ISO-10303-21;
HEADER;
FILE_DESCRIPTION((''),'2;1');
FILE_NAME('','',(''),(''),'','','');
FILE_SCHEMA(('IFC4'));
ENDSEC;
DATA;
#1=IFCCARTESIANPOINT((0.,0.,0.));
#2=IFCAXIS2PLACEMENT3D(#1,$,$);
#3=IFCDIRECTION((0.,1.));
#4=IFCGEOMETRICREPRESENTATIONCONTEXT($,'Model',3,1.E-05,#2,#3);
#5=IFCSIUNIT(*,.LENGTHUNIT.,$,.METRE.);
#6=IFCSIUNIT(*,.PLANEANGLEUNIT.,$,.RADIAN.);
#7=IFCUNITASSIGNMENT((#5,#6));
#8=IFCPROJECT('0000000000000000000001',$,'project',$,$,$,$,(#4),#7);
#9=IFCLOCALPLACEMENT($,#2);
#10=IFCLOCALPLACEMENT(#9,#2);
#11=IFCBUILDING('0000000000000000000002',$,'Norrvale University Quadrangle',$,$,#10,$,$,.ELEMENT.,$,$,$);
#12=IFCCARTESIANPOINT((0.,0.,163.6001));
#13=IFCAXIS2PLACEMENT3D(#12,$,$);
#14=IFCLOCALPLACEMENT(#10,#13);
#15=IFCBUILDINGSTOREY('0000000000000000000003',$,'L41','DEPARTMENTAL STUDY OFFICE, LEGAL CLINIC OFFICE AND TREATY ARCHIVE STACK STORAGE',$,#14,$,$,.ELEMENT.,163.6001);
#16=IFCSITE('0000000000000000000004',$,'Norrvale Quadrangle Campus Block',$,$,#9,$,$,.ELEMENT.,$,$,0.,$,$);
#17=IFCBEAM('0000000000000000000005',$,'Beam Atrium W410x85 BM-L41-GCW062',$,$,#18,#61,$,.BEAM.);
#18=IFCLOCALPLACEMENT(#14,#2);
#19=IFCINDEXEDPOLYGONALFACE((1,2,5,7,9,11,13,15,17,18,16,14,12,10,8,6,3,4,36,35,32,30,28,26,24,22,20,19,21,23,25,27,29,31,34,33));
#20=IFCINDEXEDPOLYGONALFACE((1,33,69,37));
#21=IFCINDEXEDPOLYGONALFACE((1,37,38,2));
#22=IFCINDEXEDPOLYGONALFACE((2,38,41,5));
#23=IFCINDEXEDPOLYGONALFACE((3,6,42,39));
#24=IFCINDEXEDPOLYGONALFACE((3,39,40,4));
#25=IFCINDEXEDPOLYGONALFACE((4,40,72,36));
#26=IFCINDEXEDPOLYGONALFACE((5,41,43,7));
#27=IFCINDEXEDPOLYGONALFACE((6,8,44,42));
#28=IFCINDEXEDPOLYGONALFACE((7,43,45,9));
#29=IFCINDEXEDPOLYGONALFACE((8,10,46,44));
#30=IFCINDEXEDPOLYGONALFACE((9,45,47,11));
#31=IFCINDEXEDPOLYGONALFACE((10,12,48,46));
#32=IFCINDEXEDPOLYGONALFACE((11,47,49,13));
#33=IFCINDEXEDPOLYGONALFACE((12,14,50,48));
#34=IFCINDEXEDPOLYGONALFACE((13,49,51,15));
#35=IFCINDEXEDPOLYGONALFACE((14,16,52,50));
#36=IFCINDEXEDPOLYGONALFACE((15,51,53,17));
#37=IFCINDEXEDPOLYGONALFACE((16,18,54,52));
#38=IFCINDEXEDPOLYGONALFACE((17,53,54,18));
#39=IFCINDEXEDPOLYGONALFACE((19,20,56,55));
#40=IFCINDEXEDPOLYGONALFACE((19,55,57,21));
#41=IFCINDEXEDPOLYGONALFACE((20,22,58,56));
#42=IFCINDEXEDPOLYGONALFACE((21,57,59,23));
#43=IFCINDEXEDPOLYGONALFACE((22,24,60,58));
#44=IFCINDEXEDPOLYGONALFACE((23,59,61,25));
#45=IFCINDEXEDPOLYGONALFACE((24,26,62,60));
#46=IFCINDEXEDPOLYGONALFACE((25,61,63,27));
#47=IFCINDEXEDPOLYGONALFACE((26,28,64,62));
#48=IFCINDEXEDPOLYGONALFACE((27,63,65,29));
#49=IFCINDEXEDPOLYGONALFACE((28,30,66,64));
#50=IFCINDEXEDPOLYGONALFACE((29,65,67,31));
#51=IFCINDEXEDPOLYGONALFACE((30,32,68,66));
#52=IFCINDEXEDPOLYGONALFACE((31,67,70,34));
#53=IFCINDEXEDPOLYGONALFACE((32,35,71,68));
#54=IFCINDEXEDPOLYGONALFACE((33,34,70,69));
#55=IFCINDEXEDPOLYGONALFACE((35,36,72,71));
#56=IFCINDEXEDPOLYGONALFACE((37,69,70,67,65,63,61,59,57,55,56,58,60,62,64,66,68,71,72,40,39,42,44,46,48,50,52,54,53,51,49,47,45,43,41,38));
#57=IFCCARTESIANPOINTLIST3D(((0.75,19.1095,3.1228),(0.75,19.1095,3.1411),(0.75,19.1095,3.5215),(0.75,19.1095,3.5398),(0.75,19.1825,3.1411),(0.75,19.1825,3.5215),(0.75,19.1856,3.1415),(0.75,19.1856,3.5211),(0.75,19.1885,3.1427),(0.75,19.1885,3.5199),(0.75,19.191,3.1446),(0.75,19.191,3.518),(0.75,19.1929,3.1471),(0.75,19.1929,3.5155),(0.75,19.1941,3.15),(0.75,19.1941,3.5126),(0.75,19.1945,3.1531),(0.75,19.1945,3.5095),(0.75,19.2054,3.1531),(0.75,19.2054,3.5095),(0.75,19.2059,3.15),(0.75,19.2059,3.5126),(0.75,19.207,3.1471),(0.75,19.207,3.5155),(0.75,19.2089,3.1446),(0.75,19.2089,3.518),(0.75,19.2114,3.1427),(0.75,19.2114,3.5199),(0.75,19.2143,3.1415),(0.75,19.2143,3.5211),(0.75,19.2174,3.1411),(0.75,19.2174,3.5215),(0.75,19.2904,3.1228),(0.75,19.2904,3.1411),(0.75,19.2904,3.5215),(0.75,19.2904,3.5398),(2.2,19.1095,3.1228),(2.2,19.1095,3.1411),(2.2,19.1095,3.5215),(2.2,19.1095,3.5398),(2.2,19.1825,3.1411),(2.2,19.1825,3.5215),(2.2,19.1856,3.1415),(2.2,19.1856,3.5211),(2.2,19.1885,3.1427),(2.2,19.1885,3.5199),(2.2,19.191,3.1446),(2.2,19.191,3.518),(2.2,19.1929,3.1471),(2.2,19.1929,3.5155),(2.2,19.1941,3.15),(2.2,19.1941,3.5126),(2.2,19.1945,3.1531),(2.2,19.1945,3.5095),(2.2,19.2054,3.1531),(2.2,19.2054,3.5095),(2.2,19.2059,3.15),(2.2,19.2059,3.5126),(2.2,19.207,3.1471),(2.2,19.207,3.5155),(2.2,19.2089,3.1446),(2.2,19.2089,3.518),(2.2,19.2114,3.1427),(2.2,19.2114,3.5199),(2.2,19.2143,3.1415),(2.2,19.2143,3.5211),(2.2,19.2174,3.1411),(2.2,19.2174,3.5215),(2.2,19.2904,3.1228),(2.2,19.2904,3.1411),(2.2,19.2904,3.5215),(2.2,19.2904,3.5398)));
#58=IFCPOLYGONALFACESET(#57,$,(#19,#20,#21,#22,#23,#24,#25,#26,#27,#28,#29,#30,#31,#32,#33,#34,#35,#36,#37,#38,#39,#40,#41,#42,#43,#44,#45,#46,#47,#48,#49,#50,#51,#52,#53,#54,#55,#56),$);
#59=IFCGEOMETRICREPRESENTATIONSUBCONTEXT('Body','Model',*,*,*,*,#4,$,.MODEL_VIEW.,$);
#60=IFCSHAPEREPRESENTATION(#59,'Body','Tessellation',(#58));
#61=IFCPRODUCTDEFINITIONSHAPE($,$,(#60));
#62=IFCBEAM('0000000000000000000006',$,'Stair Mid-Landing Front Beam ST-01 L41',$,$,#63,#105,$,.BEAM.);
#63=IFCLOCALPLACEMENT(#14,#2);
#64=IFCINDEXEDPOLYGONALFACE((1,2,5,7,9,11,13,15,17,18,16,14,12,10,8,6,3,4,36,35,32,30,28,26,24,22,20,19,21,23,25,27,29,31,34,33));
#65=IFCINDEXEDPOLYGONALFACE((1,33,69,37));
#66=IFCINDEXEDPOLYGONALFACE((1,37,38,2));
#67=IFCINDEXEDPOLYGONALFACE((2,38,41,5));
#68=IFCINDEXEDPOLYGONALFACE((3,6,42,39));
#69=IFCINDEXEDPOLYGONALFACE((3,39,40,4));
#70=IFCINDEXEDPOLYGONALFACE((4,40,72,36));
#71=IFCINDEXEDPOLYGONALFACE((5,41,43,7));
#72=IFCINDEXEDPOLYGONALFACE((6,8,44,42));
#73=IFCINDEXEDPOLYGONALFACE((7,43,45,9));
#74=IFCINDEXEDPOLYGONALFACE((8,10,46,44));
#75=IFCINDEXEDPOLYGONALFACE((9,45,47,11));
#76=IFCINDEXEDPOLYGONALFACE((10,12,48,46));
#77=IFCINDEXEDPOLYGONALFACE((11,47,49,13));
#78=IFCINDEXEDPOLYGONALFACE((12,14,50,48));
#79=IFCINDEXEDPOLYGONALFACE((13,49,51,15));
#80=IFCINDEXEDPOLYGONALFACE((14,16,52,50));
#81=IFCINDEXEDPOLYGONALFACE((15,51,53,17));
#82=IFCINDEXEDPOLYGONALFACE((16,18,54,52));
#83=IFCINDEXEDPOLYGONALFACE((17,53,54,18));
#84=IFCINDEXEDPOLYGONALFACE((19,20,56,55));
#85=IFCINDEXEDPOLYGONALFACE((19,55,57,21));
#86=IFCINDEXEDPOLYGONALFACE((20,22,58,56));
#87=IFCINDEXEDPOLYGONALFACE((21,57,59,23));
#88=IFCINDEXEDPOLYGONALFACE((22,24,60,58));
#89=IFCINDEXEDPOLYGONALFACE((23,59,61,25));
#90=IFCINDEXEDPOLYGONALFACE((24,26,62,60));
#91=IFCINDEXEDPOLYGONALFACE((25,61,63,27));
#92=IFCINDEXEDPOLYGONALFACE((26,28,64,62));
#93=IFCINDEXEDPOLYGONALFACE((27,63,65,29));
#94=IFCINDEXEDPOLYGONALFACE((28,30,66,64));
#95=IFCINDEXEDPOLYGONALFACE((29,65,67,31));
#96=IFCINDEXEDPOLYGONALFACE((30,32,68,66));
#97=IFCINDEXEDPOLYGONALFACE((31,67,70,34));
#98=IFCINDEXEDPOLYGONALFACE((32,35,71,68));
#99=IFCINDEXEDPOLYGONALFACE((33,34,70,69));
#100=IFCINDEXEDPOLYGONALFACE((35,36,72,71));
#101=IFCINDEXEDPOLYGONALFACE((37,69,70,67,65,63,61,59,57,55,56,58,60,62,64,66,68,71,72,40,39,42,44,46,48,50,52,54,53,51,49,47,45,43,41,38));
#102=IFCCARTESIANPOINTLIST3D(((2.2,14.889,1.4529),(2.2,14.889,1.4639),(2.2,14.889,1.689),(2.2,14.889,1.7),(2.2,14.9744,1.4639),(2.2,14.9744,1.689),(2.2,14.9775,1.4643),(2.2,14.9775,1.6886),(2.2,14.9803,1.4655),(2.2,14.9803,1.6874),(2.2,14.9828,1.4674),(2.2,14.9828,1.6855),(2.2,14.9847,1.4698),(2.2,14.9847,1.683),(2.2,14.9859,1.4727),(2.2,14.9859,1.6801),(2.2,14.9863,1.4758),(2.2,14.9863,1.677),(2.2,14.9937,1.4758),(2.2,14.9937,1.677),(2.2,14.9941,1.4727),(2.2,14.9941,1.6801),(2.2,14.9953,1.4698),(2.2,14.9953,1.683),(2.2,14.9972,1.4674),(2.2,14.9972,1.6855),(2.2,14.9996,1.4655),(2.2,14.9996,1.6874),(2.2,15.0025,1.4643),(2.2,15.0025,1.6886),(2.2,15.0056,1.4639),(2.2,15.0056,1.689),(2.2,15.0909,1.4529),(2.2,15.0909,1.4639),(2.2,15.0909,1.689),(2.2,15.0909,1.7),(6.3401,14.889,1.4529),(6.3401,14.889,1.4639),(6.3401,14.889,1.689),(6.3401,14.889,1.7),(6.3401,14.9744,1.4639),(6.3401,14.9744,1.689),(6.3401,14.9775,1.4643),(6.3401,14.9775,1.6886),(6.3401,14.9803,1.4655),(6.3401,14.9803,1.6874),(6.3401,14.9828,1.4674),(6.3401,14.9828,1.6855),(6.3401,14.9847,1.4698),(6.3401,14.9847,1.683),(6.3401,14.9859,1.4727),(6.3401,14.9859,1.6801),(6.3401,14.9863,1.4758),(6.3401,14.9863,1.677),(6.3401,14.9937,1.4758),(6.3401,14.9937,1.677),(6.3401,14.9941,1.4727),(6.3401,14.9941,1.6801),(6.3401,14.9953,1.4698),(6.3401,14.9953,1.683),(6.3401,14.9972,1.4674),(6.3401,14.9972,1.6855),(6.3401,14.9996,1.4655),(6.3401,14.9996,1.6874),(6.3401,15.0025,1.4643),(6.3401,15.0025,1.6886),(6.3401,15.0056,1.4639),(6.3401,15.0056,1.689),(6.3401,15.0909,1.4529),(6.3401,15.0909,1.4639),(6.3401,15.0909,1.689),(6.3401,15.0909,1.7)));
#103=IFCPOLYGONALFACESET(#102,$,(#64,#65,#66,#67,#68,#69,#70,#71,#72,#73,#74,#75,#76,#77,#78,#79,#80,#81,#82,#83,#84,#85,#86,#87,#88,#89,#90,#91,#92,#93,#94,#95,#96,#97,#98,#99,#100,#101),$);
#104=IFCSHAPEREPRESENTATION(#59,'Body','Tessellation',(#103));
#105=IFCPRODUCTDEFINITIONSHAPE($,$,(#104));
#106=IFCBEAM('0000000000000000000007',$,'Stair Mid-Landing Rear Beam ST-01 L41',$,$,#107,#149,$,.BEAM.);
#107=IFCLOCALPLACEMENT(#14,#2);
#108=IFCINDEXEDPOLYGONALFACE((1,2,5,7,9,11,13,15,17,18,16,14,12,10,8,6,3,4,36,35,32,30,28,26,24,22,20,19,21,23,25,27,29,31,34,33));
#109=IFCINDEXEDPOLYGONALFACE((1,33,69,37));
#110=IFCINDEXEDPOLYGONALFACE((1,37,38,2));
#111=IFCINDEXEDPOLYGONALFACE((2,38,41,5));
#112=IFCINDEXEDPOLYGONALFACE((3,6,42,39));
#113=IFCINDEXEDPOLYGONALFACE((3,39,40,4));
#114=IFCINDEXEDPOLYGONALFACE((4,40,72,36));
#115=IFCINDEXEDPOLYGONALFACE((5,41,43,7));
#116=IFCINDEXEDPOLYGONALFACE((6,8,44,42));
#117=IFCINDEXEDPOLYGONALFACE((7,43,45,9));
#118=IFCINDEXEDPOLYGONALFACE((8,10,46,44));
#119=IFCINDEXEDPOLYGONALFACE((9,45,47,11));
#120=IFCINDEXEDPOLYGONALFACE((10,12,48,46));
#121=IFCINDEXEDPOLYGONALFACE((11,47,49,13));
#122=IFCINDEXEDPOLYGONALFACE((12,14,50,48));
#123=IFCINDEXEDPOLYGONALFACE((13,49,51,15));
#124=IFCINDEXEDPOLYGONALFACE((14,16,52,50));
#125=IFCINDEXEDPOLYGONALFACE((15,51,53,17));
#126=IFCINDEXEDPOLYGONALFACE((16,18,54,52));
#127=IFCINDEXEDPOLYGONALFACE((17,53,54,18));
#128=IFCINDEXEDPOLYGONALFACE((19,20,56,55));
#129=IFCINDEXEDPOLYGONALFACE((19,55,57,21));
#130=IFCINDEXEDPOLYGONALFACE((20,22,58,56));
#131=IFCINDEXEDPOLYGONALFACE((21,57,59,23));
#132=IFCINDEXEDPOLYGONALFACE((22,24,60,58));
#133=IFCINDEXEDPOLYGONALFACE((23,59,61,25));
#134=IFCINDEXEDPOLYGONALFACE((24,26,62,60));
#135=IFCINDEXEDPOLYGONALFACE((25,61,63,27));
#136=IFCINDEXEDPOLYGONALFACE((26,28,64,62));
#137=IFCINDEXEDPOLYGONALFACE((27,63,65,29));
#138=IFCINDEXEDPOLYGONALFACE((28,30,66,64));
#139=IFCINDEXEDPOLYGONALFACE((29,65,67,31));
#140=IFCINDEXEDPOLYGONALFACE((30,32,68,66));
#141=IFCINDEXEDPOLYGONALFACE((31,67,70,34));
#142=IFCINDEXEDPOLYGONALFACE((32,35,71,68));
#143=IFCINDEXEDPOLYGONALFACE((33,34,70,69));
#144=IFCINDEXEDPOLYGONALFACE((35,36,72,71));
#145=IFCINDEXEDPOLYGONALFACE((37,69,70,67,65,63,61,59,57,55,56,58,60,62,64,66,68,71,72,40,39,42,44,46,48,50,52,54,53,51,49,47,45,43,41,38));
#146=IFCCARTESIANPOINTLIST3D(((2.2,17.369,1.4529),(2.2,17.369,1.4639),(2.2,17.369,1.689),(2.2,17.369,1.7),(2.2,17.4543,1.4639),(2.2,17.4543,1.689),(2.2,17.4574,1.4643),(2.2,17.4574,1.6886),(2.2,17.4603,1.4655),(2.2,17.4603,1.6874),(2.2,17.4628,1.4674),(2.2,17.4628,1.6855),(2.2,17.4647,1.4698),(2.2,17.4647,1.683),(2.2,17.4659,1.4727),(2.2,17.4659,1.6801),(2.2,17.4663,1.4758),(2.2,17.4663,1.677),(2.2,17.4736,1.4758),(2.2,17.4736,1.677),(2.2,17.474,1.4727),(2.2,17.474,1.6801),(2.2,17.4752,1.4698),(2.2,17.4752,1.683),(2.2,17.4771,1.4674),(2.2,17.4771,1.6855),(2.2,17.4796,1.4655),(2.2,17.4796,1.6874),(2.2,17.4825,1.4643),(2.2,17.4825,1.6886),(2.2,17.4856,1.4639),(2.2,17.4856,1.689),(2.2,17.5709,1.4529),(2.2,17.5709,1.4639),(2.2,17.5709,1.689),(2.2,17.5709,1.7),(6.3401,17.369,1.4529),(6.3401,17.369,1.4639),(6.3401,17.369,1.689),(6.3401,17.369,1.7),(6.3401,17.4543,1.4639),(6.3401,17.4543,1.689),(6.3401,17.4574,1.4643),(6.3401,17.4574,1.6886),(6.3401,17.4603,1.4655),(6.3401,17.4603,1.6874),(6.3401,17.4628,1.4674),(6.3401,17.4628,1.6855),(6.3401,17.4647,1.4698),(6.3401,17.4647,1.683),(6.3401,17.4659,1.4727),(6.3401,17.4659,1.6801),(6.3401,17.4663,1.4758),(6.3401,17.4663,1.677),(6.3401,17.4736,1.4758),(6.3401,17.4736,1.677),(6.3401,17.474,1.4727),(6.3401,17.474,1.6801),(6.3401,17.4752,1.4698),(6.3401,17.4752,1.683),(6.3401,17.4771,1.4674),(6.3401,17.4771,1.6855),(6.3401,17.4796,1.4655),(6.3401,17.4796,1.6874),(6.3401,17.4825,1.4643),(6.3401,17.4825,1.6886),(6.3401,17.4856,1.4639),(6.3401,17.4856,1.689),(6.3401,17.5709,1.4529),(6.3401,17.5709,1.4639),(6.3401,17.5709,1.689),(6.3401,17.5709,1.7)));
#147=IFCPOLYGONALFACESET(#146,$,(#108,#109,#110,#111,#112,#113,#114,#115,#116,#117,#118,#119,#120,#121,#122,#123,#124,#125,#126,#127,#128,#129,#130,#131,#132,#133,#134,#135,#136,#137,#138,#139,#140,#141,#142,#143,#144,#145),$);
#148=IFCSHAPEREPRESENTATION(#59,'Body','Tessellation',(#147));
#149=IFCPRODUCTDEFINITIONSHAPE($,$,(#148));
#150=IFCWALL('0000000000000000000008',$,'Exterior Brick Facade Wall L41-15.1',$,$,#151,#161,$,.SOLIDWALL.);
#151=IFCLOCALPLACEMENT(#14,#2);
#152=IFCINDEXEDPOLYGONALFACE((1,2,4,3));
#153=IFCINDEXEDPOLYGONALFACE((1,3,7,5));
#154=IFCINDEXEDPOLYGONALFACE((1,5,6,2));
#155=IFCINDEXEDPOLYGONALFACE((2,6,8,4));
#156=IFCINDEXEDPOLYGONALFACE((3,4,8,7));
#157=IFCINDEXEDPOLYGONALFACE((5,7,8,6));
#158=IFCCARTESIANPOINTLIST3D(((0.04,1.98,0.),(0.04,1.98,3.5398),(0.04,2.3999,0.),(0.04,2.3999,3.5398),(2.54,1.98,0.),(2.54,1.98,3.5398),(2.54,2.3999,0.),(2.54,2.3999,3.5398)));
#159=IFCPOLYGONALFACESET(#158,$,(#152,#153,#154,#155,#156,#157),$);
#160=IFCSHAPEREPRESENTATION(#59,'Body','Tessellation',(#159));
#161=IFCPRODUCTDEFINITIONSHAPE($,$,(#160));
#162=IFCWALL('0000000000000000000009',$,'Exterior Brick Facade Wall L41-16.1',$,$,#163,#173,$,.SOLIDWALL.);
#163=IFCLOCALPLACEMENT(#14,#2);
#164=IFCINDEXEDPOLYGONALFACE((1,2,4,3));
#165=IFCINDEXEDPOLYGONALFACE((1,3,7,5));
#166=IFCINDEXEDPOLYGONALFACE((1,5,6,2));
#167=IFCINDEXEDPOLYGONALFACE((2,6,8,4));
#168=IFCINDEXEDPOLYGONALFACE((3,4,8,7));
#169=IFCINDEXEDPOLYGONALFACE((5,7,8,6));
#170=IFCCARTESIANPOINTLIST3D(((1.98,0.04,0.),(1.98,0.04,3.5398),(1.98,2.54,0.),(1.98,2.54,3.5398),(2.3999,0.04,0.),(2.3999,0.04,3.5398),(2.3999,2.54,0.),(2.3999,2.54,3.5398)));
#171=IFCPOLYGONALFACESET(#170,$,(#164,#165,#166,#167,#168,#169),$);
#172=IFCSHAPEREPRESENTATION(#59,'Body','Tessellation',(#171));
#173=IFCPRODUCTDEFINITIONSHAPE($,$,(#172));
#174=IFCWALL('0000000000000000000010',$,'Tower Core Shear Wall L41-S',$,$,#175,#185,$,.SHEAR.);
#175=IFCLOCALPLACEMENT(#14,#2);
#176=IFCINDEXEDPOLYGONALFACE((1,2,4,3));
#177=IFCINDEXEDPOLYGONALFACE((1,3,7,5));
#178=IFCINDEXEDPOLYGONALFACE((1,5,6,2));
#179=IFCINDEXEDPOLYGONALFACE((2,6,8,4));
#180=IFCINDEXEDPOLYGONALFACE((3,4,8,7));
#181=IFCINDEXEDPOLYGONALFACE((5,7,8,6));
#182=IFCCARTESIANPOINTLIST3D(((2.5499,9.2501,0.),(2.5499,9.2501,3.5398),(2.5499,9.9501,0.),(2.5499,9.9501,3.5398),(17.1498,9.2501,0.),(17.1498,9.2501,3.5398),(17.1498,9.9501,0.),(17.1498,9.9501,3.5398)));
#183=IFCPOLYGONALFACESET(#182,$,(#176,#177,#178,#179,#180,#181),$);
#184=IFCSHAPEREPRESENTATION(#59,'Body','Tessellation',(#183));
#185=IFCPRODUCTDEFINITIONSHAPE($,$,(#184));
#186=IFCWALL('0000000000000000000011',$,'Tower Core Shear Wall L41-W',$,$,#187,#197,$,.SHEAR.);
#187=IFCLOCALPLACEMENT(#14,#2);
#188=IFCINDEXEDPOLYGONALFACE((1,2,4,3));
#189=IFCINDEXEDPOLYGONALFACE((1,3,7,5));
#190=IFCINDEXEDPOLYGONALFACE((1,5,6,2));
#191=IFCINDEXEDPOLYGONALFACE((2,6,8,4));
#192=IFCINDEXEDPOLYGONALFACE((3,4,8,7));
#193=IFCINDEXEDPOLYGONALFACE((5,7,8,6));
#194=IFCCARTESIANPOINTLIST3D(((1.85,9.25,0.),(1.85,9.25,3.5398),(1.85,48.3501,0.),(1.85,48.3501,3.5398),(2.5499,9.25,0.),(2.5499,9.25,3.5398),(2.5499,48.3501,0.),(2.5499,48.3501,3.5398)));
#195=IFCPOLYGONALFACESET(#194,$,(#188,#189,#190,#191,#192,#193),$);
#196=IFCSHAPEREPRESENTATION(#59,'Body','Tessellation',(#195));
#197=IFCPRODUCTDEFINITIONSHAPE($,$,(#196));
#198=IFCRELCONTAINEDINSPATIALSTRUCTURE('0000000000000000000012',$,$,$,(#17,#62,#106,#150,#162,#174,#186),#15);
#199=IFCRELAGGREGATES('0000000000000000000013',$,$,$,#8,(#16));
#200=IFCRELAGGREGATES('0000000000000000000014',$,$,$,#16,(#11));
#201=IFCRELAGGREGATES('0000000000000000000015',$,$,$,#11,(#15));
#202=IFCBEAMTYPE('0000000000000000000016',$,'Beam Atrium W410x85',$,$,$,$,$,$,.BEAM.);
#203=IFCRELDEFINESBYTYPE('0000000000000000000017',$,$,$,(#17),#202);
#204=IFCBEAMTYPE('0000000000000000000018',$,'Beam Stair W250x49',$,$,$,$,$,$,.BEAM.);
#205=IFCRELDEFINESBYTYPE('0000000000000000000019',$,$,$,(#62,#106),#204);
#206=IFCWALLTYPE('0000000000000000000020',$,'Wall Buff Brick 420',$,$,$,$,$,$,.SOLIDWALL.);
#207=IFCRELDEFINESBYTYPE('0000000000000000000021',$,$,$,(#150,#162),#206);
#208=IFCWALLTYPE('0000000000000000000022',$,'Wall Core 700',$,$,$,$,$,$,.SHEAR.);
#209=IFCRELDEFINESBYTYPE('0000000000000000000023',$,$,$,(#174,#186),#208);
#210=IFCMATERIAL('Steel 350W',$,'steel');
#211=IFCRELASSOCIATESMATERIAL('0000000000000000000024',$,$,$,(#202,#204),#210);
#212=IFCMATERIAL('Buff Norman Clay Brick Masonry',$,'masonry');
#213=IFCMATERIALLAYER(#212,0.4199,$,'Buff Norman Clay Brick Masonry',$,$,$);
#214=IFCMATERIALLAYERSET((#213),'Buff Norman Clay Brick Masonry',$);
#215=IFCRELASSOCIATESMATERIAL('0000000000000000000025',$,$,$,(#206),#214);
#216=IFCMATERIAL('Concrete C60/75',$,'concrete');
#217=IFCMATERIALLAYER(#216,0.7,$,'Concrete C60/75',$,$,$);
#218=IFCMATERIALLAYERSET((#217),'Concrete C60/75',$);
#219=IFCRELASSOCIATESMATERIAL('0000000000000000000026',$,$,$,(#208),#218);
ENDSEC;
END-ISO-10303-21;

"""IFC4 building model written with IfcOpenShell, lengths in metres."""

from ifc_helpers import new_model, si_unit, direction, frame, frame_2d, origin, origin_2d, place, context, subcontext, project, spatial, rectangle, i_section, extrude, material, layer, layer_set, material_profile, profile_set, type_object, element, save


model = new_model("IFC4")

# Units and contexts
model_context = context("Model", 3, precision=1e-05, world=origin(), true_north=direction((0.0, 1.0)))
body_context = subcontext(model_context, "Body", "Model", "MODEL_VIEW")
ifc_project = project(units=[si_unit("LENGTHUNIT", "METRE"), si_unit("PLANEANGLEUNIT", "RADIAN")], contexts=[model_context])

# Site, building, storey
site_placement = place(None, origin())
site = spatial("IfcSite", under=ifc_project, at=site_placement, Name="Norrvale Quadrangle Campus Block", CompositionType="ELEMENT", RefElevation=0.0)
building_placement = place(site_placement, origin())
building = spatial("IfcBuilding", under=site, at=building_placement, Name="Norrvale University Quadrangle", CompositionType="ELEMENT")
storey_placement = place(building_placement, frame((0.0, 0.0, 163.6001)))
storey = spatial("IfcBuildingStorey", under=building, at=storey_placement, Name="L41", Description="DEPARTMENTAL STUDY OFFICE, LEGAL CLINIC OFFICE AND TREATY ARCHIVE STACK STORAGE", CompositionType="ELEMENT", Elevation=163.6001)

# Shared definitions
ifc_material_1 = material(Name="Concrete C60/75", Category="concrete")

# Beams
ifc_material_2 = material(Name="Steel 350W", Category="steel")
ifc_material_profile_1 = material_profile(ifc_material_2, i_section(OverallWidth=0.1809, OverallDepth=0.417, WebThickness=0.011, FlangeThickness=0.0183, FilletRadius=0.012, at=origin_2d()), Name="Steel 350W")
ifc_profile_set_1 = profile_set([ifc_material_profile_1], Name="Steel 350W")
beam_type_1 = type_object("IfcBeamType", Name="Beam Atrium W410x85", PredefinedType="BEAM", material=ifc_profile_set_1)
for number, where, z_axis, x_axis, name in (
    (1, (0.75, 19.2, 3.3313), (1.0, 0.0, 0.0), (0.0, 1.0, 0.0), "Beam Atrium W410x85 BM-L41-GCW062"),
):
    element("IfcBeam", number, at=place(storey_placement, frame(where, z_axis=z_axis, x_axis=x_axis)), inside=storey, type_object=beam_type_1, Name=name, PredefinedType="BEAM", context=body_context, shape_type="SweptSolid", body=[
        extrude(i_section(OverallWidth=0.1809, OverallDepth=0.417, WebThickness=0.011, FlangeThickness=0.0183, FilletRadius=0.012, at=origin_2d()), origin(), (0.0, 0.0, 1.0), 1.45),
    ])
ifc_material_profile_2 = material_profile(ifc_material_2, i_section(OverallWidth=0.2019, OverallDepth=0.2471, WebThickness=0.0073, FlangeThickness=0.011, FilletRadius=0.012, at=origin_2d()), Name="Steel 350W")
ifc_profile_set_2 = profile_set([ifc_material_profile_2], Name="Steel 350W")
beam_type_2 = type_object("IfcBeamType", Name="Beam Stair W250x49", PredefinedType="BEAM", material=ifc_profile_set_2)
for number, where, z_axis, x_axis, name in (
    (2, (2.2, 14.99, 1.5764), (1.0, 0.0, 0.0), (0.0, 1.0, 0.0), "Stair Mid-Landing Front Beam ST-01 L41"),
    (3, (2.2, 17.47, 1.5764), (1.0, 0.0, 0.0), (0.0, 1.0, 0.0), "Stair Mid-Landing Rear Beam ST-01 L41"),
):
    element("IfcBeam", number, at=place(storey_placement, frame(where, z_axis=z_axis, x_axis=x_axis)), inside=storey, type_object=beam_type_2, Name=name, PredefinedType="BEAM", context=body_context, shape_type="SweptSolid", body=[
        extrude(i_section(OverallWidth=0.2019, OverallDepth=0.2471, WebThickness=0.0073, FlangeThickness=0.011, FilletRadius=0.012, at=origin_2d()), origin(), (0.0, 0.0, 1.0), 4.1401),
    ])

# Walls
ifc_material_3 = material(Name="Buff Norman Clay Brick Masonry", Category="masonry")
ifc_layer_1 = layer(ifc_material_3, 0.4199, Name="Buff Norman Clay Brick Masonry")
ifc_layer_set_1 = layer_set([ifc_layer_1], Name="Buff Norman Clay Brick Masonry")
wall_type_1 = type_object("IfcWallType", Name="Wall Buff Brick 420", PredefinedType="SOLIDWALL", material=ifc_layer_set_1)
for number, where, z_axis, x_axis, name in (
    (4, (0.04, 2.1899, 0.0), (0.0, 0.0, 1.0), (1.0, 0.0, 0.0), "Exterior Brick Facade Wall L41-15.1"),
    (5, (2.1899, 2.54, 0.0), (0.0, 0.0, 1.0), (0.0, -1.0, 0.0), "Exterior Brick Facade Wall L41-16.1"),
):
    element("IfcWall", number, at=place(storey_placement, frame(where, z_axis=z_axis, x_axis=x_axis)), inside=storey, type_object=wall_type_1, Name=name, PredefinedType="SOLIDWALL", context=body_context, shape_type="SweptSolid", body=[
        extrude(rectangle(XDim=2.5, YDim=0.4199, at=frame_2d((1.25, 0.0))), origin(), (0.0, 0.0, 1.0), 3.5398),
    ])
ifc_layer_2 = layer(ifc_material_1, 0.7, Name="Concrete C60/75")
ifc_layer_set_2 = layer_set([ifc_layer_2], Name="Concrete C60/75")
wall_type_2 = type_object("IfcWallType", Name="Wall Core 700", PredefinedType="SHEAR", material=ifc_layer_set_2)
wall_1_placement = place(storey_placement, frame((2.55, 9.6001, 0.0), z_axis=(0.0, 0.0, 1.0), x_axis=(1.0, 0.0, 0.0)))
element("IfcWall", 6, at=wall_1_placement, inside=storey, type_object=wall_type_2, Name="Tower Core Shear Wall L41-S", PredefinedType="SHEAR", context=body_context, shape_type="SweptSolid", body=[
    extrude(rectangle(XDim=14.5999, YDim=0.7, at=frame_2d((7.2998, 0.0))), origin(), (0.0, 0.0, 1.0), 3.5398),
])
wall_2_placement = place(storey_placement, frame((2.2, 9.25, 0.0), z_axis=(0.0, 0.0, 1.0), x_axis=(0.0, 1.0, 0.0)))
element("IfcWall", 7, at=wall_2_placement, inside=storey, type_object=wall_type_2, Name="Tower Core Shear Wall L41-W", PredefinedType="SHEAR", context=body_context, shape_type="SweptSolid", body=[
    extrude(rectangle(XDim=39.1001, YDim=0.7, at=frame_2d((19.55, 0.0))), origin(), (0.0, 0.0, 1.0), 3.5398),
])

save(model, "model.ifc")
